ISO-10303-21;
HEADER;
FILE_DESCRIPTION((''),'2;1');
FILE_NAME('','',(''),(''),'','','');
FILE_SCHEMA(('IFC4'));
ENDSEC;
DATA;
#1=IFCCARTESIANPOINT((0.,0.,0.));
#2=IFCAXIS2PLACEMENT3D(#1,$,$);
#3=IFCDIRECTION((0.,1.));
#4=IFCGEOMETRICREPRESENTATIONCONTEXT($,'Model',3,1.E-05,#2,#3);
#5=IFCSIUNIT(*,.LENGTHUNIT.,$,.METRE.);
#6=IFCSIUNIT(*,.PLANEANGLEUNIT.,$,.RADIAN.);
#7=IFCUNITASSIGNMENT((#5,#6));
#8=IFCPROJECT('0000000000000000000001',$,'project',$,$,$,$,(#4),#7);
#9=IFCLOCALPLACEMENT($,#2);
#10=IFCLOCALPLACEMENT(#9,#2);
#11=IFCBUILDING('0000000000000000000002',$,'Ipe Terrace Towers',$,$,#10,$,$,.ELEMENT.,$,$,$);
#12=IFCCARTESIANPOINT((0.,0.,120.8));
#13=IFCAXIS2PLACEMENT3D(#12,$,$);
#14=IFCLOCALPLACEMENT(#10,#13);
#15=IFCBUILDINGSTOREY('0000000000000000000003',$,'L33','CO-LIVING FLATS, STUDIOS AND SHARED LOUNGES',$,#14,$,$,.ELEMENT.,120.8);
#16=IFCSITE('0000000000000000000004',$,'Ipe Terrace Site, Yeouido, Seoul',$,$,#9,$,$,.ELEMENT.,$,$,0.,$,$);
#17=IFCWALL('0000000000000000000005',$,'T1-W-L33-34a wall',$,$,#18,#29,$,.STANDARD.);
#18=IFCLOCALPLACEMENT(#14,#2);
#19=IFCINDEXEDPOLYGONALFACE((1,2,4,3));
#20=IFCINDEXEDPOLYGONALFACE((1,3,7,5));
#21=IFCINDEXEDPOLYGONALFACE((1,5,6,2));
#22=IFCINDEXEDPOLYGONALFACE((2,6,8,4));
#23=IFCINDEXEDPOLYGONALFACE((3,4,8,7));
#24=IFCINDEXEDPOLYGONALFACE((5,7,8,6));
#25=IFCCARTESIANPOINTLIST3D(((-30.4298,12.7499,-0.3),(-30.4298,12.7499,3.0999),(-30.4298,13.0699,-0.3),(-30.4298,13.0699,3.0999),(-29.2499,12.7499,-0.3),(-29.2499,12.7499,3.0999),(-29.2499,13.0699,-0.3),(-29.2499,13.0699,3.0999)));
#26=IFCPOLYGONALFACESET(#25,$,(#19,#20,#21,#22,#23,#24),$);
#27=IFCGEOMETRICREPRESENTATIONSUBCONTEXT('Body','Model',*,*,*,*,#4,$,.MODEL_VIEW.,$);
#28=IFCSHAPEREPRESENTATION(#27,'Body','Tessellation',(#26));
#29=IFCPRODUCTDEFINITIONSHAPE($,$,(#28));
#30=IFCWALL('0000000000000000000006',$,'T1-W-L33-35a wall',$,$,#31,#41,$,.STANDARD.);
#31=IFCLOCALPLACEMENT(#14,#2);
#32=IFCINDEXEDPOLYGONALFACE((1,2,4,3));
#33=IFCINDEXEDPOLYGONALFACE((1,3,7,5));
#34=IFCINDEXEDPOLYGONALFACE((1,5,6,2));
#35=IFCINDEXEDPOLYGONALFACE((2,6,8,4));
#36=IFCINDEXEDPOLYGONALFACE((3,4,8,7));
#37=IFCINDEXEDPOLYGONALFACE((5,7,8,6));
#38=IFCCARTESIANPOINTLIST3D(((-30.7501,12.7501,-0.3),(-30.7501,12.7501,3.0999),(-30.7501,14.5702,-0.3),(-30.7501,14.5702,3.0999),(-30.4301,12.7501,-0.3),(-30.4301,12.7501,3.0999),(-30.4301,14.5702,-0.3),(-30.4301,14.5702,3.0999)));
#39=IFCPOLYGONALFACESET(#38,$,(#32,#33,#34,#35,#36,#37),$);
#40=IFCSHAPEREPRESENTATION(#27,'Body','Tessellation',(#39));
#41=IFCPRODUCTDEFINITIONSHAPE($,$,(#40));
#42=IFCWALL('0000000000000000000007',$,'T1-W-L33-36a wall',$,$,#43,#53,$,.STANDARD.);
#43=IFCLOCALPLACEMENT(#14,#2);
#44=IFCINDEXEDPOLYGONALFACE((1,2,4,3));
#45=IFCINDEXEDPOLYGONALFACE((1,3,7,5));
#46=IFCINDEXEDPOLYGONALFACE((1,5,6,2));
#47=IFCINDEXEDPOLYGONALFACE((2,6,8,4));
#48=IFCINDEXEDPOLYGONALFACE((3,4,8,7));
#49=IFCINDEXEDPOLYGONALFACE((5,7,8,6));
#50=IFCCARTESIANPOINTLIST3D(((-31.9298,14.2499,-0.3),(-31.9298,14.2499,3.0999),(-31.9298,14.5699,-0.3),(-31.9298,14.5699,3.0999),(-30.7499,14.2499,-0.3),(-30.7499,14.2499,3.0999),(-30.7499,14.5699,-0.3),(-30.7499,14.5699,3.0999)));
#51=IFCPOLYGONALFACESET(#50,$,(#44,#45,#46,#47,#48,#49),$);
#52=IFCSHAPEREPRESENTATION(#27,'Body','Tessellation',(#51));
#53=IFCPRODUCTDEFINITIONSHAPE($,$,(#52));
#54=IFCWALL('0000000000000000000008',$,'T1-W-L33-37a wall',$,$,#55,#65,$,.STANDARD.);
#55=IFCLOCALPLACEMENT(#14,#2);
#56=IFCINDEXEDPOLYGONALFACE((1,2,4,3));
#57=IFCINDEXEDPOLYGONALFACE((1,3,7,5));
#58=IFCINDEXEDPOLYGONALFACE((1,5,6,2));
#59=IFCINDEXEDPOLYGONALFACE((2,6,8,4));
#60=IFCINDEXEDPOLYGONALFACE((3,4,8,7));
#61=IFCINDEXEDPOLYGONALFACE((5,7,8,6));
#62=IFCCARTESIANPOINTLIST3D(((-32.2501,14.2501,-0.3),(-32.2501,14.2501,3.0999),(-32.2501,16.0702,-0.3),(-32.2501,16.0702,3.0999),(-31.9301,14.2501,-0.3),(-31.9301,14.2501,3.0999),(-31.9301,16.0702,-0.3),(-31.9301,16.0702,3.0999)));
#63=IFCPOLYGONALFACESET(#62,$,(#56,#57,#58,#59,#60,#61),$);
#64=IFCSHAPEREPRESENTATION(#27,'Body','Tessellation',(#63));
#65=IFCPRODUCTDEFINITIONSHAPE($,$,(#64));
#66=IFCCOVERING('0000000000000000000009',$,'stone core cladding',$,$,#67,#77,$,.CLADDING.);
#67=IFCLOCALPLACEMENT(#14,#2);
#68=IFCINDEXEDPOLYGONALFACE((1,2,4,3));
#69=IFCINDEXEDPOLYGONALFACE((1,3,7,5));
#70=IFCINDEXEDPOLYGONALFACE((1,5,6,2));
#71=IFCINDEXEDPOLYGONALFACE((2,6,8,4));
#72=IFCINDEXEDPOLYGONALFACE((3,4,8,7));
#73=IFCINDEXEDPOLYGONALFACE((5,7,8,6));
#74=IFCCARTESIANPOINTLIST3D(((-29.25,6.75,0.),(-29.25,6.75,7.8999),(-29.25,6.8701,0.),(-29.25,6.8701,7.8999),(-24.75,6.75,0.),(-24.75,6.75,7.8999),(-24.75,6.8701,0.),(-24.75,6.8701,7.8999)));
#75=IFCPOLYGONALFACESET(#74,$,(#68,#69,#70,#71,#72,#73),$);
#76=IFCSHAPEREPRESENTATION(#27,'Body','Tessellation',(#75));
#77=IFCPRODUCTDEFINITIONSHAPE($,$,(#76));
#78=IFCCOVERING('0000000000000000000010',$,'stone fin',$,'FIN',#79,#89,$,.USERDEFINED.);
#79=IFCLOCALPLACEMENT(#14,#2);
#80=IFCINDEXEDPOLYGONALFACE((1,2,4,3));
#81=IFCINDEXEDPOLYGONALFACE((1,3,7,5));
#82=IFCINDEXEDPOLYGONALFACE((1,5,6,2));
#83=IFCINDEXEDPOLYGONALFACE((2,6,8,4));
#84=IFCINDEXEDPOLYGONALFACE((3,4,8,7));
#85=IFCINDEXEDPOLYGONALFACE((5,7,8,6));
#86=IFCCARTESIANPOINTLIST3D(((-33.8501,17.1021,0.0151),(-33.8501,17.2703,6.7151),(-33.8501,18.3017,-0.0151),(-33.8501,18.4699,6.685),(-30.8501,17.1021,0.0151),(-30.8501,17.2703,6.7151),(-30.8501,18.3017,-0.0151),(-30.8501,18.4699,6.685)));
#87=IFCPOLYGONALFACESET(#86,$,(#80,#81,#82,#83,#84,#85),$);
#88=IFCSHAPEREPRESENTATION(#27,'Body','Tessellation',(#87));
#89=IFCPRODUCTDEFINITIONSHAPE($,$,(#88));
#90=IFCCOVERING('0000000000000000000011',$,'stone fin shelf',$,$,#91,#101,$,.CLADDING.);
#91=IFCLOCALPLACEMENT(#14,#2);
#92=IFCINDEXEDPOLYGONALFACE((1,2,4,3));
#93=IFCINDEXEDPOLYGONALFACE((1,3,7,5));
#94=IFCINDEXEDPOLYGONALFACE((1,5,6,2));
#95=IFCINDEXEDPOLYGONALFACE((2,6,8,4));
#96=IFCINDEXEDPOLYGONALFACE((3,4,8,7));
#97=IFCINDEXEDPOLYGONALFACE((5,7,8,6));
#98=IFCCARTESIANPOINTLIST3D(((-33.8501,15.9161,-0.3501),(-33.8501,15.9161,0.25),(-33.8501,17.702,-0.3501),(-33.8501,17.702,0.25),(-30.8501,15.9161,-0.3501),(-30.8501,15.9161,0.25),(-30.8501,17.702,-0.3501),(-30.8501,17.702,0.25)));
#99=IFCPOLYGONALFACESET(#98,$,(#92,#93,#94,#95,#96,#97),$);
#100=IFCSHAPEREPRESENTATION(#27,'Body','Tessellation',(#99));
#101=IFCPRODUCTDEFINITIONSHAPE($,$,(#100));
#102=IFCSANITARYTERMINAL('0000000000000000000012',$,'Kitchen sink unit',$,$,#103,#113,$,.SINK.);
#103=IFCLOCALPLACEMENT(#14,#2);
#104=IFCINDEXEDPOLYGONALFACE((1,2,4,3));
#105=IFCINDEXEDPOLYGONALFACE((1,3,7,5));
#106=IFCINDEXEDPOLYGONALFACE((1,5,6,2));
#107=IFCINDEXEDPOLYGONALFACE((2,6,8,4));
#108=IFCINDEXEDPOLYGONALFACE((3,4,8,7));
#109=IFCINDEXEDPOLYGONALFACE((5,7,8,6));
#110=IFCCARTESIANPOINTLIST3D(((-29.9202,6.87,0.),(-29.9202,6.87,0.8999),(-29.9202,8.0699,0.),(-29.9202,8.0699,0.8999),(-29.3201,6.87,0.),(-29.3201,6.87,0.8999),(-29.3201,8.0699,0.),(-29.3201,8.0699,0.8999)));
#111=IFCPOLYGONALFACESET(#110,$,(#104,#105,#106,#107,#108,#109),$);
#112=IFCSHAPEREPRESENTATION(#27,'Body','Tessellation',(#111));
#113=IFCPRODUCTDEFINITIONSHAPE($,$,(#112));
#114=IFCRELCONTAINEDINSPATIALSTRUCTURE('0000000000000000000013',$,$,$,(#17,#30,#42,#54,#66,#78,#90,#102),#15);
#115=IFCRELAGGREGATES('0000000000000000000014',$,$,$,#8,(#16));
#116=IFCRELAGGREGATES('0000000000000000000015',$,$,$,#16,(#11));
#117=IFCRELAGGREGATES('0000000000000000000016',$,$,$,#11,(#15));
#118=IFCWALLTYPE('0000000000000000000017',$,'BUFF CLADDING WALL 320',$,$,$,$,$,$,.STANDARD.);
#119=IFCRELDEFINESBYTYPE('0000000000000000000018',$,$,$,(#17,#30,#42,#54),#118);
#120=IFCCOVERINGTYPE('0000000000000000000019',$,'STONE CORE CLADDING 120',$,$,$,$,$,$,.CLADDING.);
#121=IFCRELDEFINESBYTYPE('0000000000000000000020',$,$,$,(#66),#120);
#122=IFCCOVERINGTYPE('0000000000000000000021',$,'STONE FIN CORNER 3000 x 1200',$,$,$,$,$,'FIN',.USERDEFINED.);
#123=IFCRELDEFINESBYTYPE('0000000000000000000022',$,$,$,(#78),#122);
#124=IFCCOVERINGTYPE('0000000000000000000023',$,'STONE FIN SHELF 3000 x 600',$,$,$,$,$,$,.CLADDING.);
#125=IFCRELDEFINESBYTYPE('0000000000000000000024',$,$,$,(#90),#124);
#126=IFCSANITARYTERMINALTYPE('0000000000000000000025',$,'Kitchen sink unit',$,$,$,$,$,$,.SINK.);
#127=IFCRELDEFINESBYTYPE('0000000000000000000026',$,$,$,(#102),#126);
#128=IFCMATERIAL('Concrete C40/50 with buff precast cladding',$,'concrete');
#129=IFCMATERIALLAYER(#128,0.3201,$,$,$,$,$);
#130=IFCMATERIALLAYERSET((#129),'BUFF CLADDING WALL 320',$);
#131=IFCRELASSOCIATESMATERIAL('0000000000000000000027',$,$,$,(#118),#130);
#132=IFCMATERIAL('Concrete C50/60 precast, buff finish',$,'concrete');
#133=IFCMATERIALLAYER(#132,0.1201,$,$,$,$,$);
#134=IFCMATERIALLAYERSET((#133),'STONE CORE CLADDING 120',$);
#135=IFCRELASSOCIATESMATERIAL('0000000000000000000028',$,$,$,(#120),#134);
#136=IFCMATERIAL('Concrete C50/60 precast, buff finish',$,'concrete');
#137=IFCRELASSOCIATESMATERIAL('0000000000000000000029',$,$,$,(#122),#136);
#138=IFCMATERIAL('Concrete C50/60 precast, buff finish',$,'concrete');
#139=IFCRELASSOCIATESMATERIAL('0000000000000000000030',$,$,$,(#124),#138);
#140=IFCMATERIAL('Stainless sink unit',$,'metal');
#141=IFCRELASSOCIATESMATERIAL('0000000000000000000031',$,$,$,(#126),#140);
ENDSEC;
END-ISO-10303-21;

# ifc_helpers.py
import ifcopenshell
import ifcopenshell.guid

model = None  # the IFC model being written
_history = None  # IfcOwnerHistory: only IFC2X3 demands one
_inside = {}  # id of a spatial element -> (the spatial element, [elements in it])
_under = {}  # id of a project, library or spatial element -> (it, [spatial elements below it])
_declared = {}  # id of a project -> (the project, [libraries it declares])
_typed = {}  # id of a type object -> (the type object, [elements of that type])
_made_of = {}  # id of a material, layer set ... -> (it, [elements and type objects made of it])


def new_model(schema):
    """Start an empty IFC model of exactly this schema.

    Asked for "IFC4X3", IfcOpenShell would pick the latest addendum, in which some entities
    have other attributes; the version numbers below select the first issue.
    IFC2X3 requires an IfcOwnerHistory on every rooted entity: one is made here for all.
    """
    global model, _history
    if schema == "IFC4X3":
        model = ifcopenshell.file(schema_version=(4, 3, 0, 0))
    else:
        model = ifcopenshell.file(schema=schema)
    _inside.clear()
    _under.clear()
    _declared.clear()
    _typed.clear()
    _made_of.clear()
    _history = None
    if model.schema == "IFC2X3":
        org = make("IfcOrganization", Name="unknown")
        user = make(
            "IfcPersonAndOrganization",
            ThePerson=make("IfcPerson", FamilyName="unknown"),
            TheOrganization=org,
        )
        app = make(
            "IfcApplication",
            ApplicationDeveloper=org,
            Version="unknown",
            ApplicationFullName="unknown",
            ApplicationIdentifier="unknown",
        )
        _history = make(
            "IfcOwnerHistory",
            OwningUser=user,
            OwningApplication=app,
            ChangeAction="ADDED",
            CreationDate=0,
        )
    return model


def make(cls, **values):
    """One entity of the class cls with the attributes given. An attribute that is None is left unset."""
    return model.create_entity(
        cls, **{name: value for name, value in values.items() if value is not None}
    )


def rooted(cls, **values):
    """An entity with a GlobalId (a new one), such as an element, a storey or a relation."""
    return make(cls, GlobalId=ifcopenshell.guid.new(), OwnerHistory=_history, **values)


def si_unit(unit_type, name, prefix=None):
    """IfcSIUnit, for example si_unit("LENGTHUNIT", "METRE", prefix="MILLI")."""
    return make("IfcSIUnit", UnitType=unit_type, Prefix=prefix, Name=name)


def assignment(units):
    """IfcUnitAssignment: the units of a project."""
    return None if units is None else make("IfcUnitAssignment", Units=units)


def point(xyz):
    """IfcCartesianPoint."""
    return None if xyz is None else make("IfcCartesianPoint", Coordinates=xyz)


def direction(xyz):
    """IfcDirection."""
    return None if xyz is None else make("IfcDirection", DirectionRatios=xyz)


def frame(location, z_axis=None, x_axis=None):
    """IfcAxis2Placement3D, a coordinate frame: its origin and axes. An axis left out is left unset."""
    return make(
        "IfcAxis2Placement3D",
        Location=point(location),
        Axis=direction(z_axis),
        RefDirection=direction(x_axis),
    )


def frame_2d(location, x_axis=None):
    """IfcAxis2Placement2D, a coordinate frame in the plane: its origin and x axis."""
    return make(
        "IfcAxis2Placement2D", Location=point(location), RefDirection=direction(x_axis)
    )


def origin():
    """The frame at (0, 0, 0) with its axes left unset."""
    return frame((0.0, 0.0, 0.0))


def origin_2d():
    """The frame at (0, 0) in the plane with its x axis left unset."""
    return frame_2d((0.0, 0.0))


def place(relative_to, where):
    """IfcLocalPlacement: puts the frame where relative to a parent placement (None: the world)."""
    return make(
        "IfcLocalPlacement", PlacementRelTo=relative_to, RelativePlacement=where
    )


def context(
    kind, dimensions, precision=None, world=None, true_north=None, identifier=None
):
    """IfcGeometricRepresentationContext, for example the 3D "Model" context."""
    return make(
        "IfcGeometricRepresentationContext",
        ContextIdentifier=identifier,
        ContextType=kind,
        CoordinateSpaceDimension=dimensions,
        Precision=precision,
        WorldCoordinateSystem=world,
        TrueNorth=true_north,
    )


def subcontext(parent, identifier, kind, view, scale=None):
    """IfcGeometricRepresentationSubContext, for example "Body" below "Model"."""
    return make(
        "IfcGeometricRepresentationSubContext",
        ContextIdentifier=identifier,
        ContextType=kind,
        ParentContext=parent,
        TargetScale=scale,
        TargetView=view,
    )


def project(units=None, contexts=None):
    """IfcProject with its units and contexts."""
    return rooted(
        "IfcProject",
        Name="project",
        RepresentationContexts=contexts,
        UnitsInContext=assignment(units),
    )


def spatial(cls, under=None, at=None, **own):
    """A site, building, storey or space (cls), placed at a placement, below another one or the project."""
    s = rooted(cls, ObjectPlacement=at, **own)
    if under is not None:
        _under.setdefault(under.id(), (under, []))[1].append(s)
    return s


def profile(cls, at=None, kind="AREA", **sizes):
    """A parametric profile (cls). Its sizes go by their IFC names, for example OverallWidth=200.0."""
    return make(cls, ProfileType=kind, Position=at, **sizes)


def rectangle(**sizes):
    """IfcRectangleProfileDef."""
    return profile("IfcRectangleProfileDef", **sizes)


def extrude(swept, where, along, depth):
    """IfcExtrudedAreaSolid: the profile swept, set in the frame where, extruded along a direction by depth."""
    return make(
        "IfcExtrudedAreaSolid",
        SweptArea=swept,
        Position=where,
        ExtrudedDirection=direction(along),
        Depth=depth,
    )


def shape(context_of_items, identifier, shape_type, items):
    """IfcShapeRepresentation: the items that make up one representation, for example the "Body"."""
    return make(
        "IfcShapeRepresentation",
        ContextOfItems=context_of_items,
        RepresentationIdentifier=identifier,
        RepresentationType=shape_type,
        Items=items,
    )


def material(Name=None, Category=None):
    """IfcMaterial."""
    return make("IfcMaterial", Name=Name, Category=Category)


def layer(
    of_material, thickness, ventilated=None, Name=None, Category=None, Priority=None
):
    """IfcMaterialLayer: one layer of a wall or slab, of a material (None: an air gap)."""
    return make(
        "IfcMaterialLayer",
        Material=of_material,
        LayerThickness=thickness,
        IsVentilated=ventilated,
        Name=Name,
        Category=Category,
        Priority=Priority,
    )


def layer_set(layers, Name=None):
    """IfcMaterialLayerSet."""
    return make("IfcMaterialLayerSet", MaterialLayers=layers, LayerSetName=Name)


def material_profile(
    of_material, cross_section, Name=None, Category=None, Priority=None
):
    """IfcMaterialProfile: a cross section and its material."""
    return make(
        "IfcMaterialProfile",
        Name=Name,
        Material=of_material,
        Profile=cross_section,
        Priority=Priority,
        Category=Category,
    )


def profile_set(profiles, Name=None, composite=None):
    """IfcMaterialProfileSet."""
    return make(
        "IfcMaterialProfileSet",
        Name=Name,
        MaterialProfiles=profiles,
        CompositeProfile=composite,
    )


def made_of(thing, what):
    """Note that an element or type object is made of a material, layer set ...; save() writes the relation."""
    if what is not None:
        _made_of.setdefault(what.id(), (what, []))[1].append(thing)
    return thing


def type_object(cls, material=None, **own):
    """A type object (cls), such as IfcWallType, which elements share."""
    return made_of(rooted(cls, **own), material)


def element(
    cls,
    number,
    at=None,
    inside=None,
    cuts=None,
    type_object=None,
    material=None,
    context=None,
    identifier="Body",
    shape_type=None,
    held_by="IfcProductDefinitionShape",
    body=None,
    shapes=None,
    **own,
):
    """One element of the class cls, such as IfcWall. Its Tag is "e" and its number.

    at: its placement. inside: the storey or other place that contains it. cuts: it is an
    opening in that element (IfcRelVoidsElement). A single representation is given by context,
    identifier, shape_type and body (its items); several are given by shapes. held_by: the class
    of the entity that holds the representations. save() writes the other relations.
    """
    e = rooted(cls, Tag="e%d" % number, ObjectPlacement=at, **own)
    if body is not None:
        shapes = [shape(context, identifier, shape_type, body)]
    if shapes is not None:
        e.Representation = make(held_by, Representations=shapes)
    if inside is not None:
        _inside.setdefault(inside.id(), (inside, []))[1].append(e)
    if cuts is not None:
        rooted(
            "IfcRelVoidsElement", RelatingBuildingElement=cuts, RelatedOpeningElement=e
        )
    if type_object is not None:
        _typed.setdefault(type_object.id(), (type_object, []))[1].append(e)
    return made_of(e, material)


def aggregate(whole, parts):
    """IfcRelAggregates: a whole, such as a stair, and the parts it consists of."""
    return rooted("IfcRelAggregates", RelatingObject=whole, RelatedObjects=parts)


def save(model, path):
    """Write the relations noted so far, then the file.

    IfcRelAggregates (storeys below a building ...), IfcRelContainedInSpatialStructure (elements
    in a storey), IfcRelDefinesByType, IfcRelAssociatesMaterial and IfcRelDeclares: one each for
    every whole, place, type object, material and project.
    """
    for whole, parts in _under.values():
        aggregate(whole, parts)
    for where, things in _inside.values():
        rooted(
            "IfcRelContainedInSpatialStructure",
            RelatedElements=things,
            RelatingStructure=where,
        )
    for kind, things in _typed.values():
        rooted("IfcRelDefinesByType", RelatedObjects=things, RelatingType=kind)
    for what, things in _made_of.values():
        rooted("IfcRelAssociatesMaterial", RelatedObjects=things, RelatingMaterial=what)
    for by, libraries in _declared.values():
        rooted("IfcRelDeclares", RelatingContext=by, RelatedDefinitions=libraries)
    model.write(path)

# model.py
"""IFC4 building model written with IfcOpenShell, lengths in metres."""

from ifc_helpers import new_model, si_unit, direction, frame, frame_2d, origin, origin_2d, place, context, subcontext, project, spatial, rectangle, extrude, material, layer, layer_set, material_profile, profile_set, type_object, element, save


model = new_model("IFC4")

# Units and contexts
model_context = context("Model", 3, precision=1e-05, world=origin(), true_north=direction((0.0, 1.0)))
body_context = subcontext(model_context, "Body", "Model", "MODEL_VIEW")
ifc_project = project(units=[si_unit("LENGTHUNIT", "METRE"), si_unit("PLANEANGLEUNIT", "RADIAN")], contexts=[model_context])

# Site, building, storey
site_placement = place(None, origin())
site = spatial("IfcSite", under=ifc_project, at=site_placement, Name="Ipe Terrace Site, Yeouido, Seoul", CompositionType="ELEMENT", RefElevation=0.0)
building_placement = place(site_placement, origin())
building = spatial("IfcBuilding", under=site, at=building_placement, Name="Ipe Terrace Towers", CompositionType="ELEMENT")
storey_placement = place(building_placement, frame((0.0, 0.0, 120.8)))
storey = spatial("IfcBuildingStorey", under=building, at=storey_placement, Name="L33", Description="CO-LIVING FLATS, STUDIOS AND SHARED LOUNGES", CompositionType="ELEMENT", Elevation=120.8)

# Walls
ifc_material_1 = material(Name="Concrete C40/50 with buff precast cladding", Category="concrete")
ifc_layer_1 = layer(ifc_material_1, 0.3201)
ifc_layer_set_1 = layer_set([ifc_layer_1], Name="BUFF CLADDING WALL 320")
wall_type = type_object("IfcWallType", Name="BUFF CLADDING WALL 320", PredefinedType="STANDARD", material=ifc_layer_set_1)
wall_1_placement = place(storey_placement, frame((-29.25, 12.9099, -0.3), z_axis=(0.0, 0.0, 1.0), x_axis=(-1.0, 0.0, 0.0)))
element("IfcWall", 1, at=wall_1_placement, inside=storey, type_object=wall_type, Name="T1-W-L33-34a wall", PredefinedType="STANDARD", context=body_context, shape_type="SweptSolid", body=[
    extrude(rectangle(XDim=1.1799, YDim=0.3201, at=frame_2d((0.5898, 0.0))), origin(), (0.0, 0.0, 1.0), 3.3999),
])
wall_2_placement = place(storey_placement, frame((-30.5901, 12.75, -0.3), z_axis=(0.0, 0.0, 1.0), x_axis=(0.0, 1.0, 0.0)))
element("IfcWall", 2, at=wall_2_placement, inside=storey, type_object=wall_type, Name="T1-W-L33-35a wall", PredefinedType="STANDARD", context=body_context, shape_type="SweptSolid", body=[
    extrude(rectangle(XDim=1.8201, YDim=0.3201, at=frame_2d((0.9102, 0.0))), origin(), (0.0, 0.0, 1.0), 3.3999),
])
wall_3_placement = place(storey_placement, frame((-30.75, 14.4099, -0.3), z_axis=(0.0, 0.0, 1.0), x_axis=(-1.0, 0.0, 0.0)))
element("IfcWall", 3, at=wall_3_placement, inside=storey, type_object=wall_type, Name="T1-W-L33-36a wall", PredefinedType="STANDARD", context=body_context, shape_type="SweptSolid", body=[
    extrude(rectangle(XDim=1.1799, YDim=0.3201, at=frame_2d((0.5898, 0.0))), origin(), (0.0, 0.0, 1.0), 3.3999),
])
wall_4_placement = place(storey_placement, frame((-32.0901, 14.25, -0.3), z_axis=(0.0, 0.0, 1.0), x_axis=(0.0, 1.0, 0.0)))
element("IfcWall", 4, at=wall_4_placement, inside=storey, type_object=wall_type, Name="T1-W-L33-37a wall", PredefinedType="STANDARD", context=body_context, shape_type="SweptSolid", body=[
    extrude(rectangle(XDim=1.8201, YDim=0.3201, at=frame_2d((0.9102, 0.0))), origin(), (0.0, 0.0, 1.0), 3.3999),
])

# Coverings
ifc_material_2 = material(Name="Concrete C50/60 precast, buff finish", Category="concrete")
ifc_layer_2 = layer(ifc_material_2, 0.1201)
ifc_layer_set_2 = layer_set([ifc_layer_2], Name="STONE CORE CLADDING 120")
covering_type_1 = type_object("IfcCoveringType", Name="STONE CORE CLADDING 120", PredefinedType="CLADDING", material=ifc_layer_set_2)
covering_1_placement = place(storey_placement, frame((-27.0, 6.8101, 0.0), z_axis=(0.0, 0.0, 1.0), x_axis=(-1.0, 0.0, 0.0)))
element("IfcCovering", 5, at=covering_1_placement, inside=storey, type_object=covering_type_1, Name="stone core cladding", PredefinedType="CLADDING", context=body_context, shape_type="SweptSolid", body=[
    extrude(rectangle(XDim=4.5, YDim=0.1201, at=origin_2d()), origin(), (0.0, 0.0, 1.0), 7.8999),
])
ifc_material_3 = material(Name="Concrete C50/60 precast, buff finish", Category="concrete")
ifc_material_profile_1 = material_profile(ifc_material_3, rectangle(XDim=3.0, YDim=1.2, at=origin_2d()), Name="STONE FIN CORNER 3000 x 1200")
ifc_profile_set_1 = profile_set([ifc_material_profile_1], Name="Concrete C50/60 precast, buff finish")
covering_type_2 = type_object("IfcCoveringType", Name="STONE FIN CORNER 3000 x 1200", ElementType="FIN", PredefinedType="USERDEFINED", material=ifc_profile_set_1)
covering_2_placement = place(storey_placement, frame((-32.3501, 17.7019, 0.0), z_axis=(0.0, 0.025099, 0.999685), x_axis=(-1.0, 0.0, 0.0)))
element("IfcCovering", 6, at=covering_2_placement, inside=storey, type_object=covering_type_2, Name="stone fin", ObjectType="FIN", PredefinedType="USERDEFINED", context=body_context, shape_type="SweptSolid", body=[
    extrude(rectangle(XDim=3.0, YDim=1.2, at=origin_2d()), origin(), (0.0, 0.0, 1.0), 6.7021),
])
ifc_material_4 = material(Name="Concrete C50/60 precast, buff finish", Category="concrete")
covering_type_3 = type_object("IfcCoveringType", Name="STONE FIN SHELF 3000 x 600", PredefinedType="CLADDING", material=ifc_material_4)
covering_3_placement = place(storey_placement, frame((-32.3501, 16.8091, -0.3501), z_axis=(0.0, 0.0, 1.0), x_axis=(-1.0, 0.0, 0.0)))
element("IfcCovering", 7, at=covering_3_placement, inside=storey, type_object=covering_type_3, Name="stone fin shelf", PredefinedType="CLADDING", context=body_context, shape_type="SweptSolid", body=[
    extrude(rectangle(XDim=3.0, YDim=1.7859, at=origin_2d()), origin(), (0.0, 0.0, 1.0), 0.6001),
])

# Sanitary terminal
ifc_material_5 = material(Name="Stainless sink unit", Category="metal")
sanitary_terminal_type = type_object("IfcSanitaryTerminalType", Name="Kitchen sink unit", PredefinedType="SINK", material=ifc_material_5)
sanitary_terminal_placement = place(storey_placement, frame((-29.6201, 7.47, 0.0), z_axis=(0.0, 0.0, 1.0), x_axis=(0.0, -1.0, 0.0)))
element("IfcSanitaryTerminal", 8, at=sanitary_terminal_placement, inside=storey, type_object=sanitary_terminal_type, Name="Kitchen sink unit", PredefinedType="SINK", context=body_context, shape_type="SweptSolid", body=[
    extrude(rectangle(XDim=1.2, YDim=0.6001, at=origin_2d()), origin(), (0.0, 0.0, 1.0), 0.8999),
])

save(model, "model.ifc")
